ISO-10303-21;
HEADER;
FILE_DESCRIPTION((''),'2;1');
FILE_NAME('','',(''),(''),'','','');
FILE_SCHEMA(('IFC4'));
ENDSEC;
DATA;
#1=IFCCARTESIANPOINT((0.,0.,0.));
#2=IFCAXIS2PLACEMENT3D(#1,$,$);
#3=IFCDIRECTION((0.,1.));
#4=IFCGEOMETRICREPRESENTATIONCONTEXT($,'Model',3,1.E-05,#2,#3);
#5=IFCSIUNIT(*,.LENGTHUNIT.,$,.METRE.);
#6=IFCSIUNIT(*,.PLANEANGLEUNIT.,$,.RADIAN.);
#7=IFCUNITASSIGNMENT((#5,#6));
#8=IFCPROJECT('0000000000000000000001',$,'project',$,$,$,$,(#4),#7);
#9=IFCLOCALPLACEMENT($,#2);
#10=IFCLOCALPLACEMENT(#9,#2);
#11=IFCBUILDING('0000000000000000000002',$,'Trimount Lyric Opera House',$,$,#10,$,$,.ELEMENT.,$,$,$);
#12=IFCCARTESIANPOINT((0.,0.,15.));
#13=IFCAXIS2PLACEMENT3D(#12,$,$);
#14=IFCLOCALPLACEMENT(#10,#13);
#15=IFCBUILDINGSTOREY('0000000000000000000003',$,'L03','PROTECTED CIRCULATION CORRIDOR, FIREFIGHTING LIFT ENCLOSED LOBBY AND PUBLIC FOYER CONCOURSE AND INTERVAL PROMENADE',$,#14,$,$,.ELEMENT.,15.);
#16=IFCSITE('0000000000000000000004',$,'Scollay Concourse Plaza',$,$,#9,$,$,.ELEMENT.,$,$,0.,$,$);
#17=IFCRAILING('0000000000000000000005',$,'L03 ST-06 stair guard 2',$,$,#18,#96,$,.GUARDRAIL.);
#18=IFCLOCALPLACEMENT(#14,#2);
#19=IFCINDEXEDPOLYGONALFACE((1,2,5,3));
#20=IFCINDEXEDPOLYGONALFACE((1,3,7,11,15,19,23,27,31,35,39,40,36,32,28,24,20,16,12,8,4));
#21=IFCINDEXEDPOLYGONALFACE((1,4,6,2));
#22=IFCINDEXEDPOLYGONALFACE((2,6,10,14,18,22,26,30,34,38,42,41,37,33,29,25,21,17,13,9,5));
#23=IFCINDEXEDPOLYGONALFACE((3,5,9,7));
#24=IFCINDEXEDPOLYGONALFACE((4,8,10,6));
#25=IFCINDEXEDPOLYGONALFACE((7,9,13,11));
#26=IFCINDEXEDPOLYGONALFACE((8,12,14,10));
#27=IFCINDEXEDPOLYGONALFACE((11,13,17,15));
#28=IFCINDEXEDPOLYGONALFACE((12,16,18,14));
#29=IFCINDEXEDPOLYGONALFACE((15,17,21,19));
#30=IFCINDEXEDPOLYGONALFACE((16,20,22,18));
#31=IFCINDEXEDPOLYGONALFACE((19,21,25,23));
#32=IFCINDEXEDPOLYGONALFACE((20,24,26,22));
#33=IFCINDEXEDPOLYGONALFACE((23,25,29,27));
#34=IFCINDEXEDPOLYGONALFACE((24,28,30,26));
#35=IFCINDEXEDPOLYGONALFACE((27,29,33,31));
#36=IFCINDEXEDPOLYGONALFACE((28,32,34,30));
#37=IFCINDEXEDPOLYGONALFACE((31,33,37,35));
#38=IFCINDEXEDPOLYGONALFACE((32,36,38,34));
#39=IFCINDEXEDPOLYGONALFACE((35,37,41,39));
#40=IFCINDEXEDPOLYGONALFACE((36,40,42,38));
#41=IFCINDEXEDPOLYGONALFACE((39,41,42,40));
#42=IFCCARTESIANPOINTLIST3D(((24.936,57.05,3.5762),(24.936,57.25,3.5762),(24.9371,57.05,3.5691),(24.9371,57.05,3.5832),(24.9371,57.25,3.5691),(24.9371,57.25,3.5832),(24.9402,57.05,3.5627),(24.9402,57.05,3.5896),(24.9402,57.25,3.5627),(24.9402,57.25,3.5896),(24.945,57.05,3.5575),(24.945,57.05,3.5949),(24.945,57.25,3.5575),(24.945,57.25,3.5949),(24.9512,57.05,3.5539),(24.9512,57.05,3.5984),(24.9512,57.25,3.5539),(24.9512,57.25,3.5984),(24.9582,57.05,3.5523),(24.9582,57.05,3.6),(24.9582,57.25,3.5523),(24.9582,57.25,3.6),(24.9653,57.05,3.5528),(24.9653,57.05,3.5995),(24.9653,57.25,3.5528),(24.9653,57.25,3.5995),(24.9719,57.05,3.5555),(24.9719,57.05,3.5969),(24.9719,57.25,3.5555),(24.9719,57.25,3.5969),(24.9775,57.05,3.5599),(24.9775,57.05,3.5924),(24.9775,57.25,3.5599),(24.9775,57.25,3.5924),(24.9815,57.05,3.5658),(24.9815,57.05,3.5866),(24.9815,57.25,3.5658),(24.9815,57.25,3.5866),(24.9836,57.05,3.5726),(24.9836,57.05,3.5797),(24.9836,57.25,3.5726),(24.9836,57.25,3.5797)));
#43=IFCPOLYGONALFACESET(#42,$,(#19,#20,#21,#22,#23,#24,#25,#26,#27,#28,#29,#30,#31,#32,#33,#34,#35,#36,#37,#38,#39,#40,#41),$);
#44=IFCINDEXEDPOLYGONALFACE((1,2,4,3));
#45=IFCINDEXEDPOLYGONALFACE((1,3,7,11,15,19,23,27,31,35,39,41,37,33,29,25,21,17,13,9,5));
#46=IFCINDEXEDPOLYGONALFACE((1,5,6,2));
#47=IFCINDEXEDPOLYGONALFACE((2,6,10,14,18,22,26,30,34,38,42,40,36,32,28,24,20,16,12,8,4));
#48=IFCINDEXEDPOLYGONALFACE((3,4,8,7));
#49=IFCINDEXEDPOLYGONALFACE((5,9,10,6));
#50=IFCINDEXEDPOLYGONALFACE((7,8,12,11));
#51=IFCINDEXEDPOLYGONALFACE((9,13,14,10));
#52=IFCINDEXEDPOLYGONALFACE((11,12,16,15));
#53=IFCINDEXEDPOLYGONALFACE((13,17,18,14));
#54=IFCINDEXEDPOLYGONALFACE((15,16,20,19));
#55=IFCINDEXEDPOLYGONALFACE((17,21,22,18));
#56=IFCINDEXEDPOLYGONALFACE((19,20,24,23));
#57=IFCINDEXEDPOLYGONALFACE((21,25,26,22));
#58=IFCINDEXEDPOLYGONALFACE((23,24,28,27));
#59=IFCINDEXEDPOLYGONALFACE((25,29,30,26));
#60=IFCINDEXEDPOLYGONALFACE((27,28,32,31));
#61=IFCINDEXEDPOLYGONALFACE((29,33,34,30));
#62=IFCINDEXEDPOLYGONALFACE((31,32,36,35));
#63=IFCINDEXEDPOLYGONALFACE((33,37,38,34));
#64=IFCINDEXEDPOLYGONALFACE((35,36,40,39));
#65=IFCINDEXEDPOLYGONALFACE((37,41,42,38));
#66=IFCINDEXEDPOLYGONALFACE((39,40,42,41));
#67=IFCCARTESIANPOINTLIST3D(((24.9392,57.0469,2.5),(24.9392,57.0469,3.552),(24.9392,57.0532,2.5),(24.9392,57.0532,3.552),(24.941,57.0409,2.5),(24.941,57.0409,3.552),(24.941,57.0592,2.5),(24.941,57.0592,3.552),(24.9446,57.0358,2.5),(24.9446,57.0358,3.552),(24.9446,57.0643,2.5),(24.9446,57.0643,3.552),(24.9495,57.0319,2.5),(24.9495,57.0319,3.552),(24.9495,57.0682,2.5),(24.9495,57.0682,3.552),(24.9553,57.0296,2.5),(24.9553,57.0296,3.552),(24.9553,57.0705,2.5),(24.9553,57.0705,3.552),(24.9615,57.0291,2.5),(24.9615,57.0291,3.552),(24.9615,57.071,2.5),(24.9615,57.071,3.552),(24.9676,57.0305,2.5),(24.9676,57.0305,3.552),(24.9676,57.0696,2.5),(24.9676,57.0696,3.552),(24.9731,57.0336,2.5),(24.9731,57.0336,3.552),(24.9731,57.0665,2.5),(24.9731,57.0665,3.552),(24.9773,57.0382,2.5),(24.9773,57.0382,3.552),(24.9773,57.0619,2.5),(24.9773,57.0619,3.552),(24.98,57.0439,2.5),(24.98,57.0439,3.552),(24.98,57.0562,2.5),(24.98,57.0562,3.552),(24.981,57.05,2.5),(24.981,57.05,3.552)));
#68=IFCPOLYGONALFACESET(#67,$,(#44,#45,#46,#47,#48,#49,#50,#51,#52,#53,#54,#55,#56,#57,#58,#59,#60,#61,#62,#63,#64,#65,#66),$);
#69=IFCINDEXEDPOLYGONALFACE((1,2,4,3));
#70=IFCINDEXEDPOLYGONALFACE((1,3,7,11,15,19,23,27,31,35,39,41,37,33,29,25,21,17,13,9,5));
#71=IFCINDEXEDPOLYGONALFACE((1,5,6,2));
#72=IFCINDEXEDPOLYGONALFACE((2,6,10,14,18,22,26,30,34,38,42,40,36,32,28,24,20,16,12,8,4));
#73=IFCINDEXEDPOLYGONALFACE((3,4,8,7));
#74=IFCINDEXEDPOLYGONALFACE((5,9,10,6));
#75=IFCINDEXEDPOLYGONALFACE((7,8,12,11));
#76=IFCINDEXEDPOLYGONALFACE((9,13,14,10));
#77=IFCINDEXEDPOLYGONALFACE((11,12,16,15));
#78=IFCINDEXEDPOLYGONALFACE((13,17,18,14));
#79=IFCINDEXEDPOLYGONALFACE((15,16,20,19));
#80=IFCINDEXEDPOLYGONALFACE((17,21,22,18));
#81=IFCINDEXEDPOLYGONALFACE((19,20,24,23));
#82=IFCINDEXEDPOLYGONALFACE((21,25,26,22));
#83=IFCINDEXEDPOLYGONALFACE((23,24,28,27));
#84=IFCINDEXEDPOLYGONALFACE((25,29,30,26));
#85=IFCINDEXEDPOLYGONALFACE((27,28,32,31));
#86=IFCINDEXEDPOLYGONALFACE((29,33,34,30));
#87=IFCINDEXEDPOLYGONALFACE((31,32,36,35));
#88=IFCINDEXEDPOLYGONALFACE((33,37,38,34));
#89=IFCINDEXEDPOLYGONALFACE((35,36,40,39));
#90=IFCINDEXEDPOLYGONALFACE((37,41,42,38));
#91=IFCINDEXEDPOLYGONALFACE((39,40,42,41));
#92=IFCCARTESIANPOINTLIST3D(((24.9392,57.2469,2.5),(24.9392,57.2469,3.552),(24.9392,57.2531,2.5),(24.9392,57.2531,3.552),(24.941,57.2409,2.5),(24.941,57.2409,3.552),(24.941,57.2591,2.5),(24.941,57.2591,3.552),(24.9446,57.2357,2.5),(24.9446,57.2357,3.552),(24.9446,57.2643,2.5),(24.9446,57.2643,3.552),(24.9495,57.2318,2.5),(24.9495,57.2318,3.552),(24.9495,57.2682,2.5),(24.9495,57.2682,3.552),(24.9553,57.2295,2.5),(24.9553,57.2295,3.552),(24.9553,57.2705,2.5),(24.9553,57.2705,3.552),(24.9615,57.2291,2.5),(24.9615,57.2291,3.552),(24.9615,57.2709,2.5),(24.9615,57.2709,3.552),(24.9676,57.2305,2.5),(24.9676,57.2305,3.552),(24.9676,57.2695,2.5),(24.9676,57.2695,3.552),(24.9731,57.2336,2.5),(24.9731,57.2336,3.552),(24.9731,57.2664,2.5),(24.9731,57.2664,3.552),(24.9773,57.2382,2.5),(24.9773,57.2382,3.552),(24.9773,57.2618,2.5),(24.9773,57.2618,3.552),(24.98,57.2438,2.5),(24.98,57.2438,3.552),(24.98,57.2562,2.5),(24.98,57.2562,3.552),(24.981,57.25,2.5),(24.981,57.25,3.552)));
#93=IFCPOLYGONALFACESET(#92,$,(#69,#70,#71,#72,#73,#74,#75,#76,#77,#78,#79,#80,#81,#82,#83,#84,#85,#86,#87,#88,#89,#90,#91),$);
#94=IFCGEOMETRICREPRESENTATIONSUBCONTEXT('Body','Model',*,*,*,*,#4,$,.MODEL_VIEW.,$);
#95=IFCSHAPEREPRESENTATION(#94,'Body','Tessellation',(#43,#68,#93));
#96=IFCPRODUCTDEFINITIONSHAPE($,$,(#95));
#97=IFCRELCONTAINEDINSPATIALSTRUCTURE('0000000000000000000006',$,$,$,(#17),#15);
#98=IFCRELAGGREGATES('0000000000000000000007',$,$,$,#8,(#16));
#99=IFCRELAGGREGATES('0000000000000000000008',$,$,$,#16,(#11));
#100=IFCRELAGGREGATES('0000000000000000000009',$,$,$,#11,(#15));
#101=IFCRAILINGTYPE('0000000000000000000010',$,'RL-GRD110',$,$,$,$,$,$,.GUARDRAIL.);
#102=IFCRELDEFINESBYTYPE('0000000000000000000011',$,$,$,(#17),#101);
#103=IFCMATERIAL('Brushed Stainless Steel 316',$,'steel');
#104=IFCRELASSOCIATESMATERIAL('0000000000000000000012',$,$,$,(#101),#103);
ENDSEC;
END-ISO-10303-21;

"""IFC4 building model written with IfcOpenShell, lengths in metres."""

from ifc_helpers import new_model, si_unit, direction, frame, origin, origin_2d, place, context, subcontext, project, spatial, circle, extrude, material, type_object, element, save


model = new_model("IFC4")

# Units and contexts
model_context = context("Model", 3, precision=1e-05, world=origin(), true_north=direction((0.0, 1.0)))
body_context = subcontext(model_context, "Body", "Model", "MODEL_VIEW")
ifc_project = project(units=[si_unit("LENGTHUNIT", "METRE"), si_unit("PLANEANGLEUNIT", "RADIAN")], contexts=[model_context])

# Site, building, storey
site_placement = place(None, origin())
site = spatial("IfcSite", under=ifc_project, at=site_placement, Name="Scollay Concourse Plaza", CompositionType="ELEMENT", RefElevation=0.0)
building_placement = place(site_placement, origin())
building = spatial("IfcBuilding", under=site, at=building_placement, Name="Trimount Lyric Opera House", CompositionType="ELEMENT")
storey_placement = place(building_placement, frame((0.0, 0.0, 15.0)))
storey = spatial("IfcBuildingStorey", under=building, at=storey_placement, Name="L03", Description="PROTECTED CIRCULATION CORRIDOR, FIREFIGHTING LIFT ENCLOSED LOBBY AND PUBLIC FOYER CONCOURSE AND INTERVAL PROMENADE", CompositionType="ELEMENT", Elevation=15.0)

# Railing
ifc_material_1 = material(Name="Brushed Stainless Steel 316", Category="steel")
railing_type_1 = type_object("IfcRailingType", Name="RL-GRD110", PredefinedType="GUARDRAIL", material=ifc_material_1)
railing_1_placement = place(storey_placement, frame((24.96, 57.05, 2.5)))
element("IfcRailing", 1, at=railing_1_placement, inside=storey, type_object=railing_type_1, Name="L03 ST-06 stair guard 2", PredefinedType="GUARDRAIL", context=body_context, shape_type="SweptSolid", body=[
    extrude(circle(Radius=0.0239, at=origin_2d()), frame((0.0, 0.0, 1.0762), z_axis=(0.0, 1.0, 0.0), x_axis=(-1.0, 0.0, 0.0)), (0.0, 0.0, 1.0), 0.2),
    extrude(circle(Radius=0.021, at=origin_2d()), origin(), (0.0, 0.0, 1.0), 1.052),
    extrude(circle(Radius=0.021, at=origin_2d()), frame((0.0, 0.2, 0.0)), (0.0, 0.0, 1.0), 1.052),
])

save(model, "model.ifc")
